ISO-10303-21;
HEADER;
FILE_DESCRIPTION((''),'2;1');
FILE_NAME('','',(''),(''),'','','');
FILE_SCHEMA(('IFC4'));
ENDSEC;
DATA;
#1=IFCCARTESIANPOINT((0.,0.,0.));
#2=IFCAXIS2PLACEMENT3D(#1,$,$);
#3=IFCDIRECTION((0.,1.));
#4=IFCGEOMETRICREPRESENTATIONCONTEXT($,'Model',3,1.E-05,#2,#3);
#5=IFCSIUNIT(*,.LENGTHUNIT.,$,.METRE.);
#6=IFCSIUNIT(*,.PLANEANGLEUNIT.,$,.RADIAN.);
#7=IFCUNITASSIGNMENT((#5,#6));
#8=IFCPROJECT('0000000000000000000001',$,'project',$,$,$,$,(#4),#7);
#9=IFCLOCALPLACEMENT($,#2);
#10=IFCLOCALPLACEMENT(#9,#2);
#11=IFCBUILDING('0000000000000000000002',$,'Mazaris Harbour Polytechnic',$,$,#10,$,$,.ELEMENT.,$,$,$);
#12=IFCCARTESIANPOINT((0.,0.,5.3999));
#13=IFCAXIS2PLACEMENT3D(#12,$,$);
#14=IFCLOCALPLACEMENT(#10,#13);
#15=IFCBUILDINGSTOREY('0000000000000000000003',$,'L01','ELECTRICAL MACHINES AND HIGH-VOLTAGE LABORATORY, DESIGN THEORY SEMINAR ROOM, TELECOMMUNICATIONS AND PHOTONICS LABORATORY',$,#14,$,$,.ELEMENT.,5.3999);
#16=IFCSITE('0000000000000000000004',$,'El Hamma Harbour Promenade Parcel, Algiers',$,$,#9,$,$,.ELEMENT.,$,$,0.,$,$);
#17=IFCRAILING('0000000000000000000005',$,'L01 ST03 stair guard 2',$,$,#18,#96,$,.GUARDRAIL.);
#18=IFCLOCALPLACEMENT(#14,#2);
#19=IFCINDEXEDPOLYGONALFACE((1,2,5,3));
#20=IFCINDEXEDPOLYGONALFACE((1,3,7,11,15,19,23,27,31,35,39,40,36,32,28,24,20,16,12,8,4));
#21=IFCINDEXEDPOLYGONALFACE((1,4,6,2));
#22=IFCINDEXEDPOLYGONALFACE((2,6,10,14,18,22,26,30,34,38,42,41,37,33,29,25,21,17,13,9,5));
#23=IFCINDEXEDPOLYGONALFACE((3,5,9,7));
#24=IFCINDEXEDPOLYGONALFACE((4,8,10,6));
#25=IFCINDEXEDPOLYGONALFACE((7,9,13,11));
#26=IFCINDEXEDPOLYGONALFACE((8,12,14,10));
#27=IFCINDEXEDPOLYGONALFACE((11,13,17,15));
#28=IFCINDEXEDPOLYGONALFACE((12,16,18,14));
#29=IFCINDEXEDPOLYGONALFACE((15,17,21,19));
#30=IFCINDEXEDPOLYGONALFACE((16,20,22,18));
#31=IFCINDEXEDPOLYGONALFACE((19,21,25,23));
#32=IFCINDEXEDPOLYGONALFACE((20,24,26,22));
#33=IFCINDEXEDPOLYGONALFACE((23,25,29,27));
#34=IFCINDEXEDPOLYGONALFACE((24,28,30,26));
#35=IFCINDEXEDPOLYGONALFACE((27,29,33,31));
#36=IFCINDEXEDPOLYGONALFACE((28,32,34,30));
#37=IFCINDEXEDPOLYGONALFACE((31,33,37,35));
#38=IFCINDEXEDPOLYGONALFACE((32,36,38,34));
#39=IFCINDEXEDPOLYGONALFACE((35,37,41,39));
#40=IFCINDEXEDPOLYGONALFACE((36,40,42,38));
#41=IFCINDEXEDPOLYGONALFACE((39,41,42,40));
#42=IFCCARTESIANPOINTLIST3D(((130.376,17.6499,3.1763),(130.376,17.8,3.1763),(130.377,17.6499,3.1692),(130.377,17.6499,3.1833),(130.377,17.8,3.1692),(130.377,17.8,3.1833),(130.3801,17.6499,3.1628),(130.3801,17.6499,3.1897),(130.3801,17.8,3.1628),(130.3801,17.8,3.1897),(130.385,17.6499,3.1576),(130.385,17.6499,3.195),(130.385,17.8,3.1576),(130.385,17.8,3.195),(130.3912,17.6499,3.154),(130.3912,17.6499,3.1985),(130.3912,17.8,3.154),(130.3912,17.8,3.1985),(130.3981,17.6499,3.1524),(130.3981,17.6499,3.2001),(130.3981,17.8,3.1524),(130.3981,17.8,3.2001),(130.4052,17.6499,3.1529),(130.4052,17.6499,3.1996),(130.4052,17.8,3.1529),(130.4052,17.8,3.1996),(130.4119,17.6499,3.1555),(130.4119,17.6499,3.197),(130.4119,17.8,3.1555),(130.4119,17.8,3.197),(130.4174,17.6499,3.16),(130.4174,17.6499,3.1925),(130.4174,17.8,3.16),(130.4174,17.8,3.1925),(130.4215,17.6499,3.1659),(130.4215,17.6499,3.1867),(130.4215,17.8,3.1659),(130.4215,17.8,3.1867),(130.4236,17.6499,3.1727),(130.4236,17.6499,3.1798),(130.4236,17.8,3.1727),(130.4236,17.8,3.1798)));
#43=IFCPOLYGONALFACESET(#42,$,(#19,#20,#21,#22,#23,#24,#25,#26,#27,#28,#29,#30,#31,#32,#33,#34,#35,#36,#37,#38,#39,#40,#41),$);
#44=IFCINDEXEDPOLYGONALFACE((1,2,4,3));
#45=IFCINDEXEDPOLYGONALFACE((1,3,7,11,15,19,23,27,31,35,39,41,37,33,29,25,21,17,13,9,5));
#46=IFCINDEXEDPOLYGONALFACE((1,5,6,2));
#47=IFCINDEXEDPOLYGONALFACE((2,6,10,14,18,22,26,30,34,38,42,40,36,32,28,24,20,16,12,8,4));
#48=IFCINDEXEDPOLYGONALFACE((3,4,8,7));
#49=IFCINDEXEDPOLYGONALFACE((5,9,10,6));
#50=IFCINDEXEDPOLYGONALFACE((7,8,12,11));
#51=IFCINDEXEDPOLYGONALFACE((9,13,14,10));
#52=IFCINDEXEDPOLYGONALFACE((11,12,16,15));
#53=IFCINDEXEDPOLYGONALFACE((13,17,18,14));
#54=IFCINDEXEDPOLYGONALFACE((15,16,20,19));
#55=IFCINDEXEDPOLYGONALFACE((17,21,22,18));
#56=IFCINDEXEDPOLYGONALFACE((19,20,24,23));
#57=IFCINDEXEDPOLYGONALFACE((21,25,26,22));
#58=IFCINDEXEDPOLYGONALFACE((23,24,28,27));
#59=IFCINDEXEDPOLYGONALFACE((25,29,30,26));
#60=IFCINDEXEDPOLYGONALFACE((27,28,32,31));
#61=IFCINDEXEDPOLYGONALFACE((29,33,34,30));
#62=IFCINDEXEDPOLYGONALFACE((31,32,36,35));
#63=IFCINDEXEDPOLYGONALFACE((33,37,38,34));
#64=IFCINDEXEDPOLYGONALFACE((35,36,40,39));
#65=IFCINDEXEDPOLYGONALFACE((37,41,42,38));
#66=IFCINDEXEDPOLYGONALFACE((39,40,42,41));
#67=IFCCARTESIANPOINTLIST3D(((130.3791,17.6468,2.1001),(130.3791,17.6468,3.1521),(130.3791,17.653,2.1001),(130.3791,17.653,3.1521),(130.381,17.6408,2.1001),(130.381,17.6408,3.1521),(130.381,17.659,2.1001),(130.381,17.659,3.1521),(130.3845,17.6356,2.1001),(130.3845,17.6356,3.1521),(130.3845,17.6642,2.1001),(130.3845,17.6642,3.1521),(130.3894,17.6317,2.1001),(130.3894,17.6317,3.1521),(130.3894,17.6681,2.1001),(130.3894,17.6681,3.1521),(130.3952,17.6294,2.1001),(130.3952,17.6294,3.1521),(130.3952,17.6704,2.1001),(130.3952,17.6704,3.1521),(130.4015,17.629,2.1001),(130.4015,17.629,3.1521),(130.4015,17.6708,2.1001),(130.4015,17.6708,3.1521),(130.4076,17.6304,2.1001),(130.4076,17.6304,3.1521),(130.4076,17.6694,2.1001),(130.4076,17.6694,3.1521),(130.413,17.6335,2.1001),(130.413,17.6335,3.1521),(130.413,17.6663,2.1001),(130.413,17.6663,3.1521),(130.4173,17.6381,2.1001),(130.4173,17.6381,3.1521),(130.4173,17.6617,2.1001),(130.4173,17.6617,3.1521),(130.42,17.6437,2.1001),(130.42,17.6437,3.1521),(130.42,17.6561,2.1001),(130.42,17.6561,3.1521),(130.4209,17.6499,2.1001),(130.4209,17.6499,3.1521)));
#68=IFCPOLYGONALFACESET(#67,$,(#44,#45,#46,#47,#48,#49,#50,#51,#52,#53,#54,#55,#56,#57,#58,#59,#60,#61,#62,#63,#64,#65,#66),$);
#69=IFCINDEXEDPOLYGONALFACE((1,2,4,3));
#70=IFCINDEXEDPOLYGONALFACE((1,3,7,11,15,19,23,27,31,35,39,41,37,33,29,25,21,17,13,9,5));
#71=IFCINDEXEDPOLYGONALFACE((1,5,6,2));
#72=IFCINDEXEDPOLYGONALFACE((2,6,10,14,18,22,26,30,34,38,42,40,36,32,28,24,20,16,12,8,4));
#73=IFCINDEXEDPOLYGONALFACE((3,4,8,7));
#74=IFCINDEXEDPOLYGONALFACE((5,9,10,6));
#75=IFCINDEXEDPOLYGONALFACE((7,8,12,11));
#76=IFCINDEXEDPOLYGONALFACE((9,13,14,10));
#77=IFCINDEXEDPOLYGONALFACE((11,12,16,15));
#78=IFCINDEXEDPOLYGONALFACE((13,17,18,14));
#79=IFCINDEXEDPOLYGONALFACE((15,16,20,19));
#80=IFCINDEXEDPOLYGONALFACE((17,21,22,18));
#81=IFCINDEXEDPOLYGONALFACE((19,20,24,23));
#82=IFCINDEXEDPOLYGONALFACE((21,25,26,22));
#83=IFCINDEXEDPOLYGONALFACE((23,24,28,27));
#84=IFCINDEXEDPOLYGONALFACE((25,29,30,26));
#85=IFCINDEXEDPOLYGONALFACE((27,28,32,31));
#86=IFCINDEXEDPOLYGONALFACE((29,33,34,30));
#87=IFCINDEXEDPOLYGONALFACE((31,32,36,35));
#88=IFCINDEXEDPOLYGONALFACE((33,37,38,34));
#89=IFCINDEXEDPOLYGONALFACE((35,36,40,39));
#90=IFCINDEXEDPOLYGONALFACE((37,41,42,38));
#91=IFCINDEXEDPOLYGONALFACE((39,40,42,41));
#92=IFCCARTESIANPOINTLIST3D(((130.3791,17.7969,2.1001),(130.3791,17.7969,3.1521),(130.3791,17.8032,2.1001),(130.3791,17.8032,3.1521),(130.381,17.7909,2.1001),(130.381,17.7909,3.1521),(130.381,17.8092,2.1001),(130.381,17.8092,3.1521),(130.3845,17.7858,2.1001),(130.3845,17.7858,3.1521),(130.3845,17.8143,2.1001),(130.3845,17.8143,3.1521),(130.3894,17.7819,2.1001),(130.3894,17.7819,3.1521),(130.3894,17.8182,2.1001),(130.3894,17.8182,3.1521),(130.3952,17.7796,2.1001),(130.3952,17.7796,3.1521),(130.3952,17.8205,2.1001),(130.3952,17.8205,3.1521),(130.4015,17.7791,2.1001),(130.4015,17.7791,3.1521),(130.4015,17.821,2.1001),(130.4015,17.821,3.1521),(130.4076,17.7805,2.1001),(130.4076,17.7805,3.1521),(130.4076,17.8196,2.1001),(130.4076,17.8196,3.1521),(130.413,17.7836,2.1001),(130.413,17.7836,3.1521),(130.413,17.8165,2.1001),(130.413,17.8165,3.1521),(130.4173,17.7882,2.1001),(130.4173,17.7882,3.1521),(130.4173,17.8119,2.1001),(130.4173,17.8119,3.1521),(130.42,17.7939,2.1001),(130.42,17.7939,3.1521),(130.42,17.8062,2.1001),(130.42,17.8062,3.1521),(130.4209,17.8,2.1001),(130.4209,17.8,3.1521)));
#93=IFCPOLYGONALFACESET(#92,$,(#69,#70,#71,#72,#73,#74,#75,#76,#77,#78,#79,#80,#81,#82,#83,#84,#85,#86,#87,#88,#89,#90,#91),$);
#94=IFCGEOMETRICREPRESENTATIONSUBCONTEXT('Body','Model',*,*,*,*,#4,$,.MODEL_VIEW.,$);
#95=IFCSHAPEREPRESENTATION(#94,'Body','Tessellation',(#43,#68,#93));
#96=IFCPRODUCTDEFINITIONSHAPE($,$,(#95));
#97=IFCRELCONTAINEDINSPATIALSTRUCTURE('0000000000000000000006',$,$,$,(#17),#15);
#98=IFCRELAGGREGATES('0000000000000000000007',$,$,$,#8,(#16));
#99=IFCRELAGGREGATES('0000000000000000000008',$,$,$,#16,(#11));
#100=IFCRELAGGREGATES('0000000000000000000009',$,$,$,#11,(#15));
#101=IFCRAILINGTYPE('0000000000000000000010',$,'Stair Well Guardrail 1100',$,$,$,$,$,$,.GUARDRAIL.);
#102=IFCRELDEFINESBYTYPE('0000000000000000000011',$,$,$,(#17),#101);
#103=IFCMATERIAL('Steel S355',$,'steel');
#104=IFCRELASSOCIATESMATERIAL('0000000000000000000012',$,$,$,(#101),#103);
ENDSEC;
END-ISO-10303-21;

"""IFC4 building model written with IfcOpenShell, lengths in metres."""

from ifc_helpers import new_model, si_unit, direction, frame, origin, origin_2d, place, context, subcontext, project, spatial, circle, extrude, material, type_object, element, save


model = new_model("IFC4")

# Units and contexts
model_context = context("Model", 3, precision=1e-05, world=origin(), true_north=direction((0.0, 1.0)))
body_context = subcontext(model_context, "Body", "Model", "MODEL_VIEW")
ifc_project = project(units=[si_unit("LENGTHUNIT", "METRE"), si_unit("PLANEANGLEUNIT", "RADIAN")], contexts=[model_context])

# Site, building, storey
site_placement = place(None, origin())
site = spatial("IfcSite", under=ifc_project, at=site_placement, Name="El Hamma Harbour Promenade Parcel, Algiers", CompositionType="ELEMENT", RefElevation=0.0)
building_placement = place(site_placement, origin())
building = spatial("IfcBuilding", under=site, at=building_placement, Name="Mazaris Harbour Polytechnic", CompositionType="ELEMENT")
storey_placement = place(building_placement, frame((0.0, 0.0, 5.3999)))
storey = spatial("IfcBuildingStorey", under=building, at=storey_placement, Name="L01", Description="ELECTRICAL MACHINES AND HIGH-VOLTAGE LABORATORY, DESIGN THEORY SEMINAR ROOM, TELECOMMUNICATIONS AND PHOTONICS LABORATORY", CompositionType="ELEMENT", Elevation=5.3999)

# Railing
ifc_material_1 = material(Name="Steel S355", Category="steel")
railing_type_1 = type_object("IfcRailingType", Name="Stair Well Guardrail 1100", PredefinedType="GUARDRAIL", material=ifc_material_1)
railing_1_placement = place(storey_placement, frame((130.3999, 17.6499, 2.1001)))
element("IfcRailing", 1, at=railing_1_placement, inside=storey, type_object=railing_type_1, Name="L01 ST03 stair guard 2", PredefinedType="GUARDRAIL", context=body_context, shape_type="SweptSolid", body=[
    extrude(circle(Radius=0.0239, at=origin_2d()), frame((0.0, 0.0, 1.0762), z_axis=(0.0, 1.0, 0.0), x_axis=(-1.0, 0.0, 0.0)), (0.0, 0.0, 1.0), 0.1501),
    extrude(circle(Radius=0.021, at=origin_2d()), origin(), (0.0, 0.0, 1.0), 1.052),
    extrude(circle(Radius=0.021, at=origin_2d()), frame((0.0, 0.1501, 0.0)), (0.0, 0.0, 1.0), 1.052),
])

save(model, "model.ifc")
